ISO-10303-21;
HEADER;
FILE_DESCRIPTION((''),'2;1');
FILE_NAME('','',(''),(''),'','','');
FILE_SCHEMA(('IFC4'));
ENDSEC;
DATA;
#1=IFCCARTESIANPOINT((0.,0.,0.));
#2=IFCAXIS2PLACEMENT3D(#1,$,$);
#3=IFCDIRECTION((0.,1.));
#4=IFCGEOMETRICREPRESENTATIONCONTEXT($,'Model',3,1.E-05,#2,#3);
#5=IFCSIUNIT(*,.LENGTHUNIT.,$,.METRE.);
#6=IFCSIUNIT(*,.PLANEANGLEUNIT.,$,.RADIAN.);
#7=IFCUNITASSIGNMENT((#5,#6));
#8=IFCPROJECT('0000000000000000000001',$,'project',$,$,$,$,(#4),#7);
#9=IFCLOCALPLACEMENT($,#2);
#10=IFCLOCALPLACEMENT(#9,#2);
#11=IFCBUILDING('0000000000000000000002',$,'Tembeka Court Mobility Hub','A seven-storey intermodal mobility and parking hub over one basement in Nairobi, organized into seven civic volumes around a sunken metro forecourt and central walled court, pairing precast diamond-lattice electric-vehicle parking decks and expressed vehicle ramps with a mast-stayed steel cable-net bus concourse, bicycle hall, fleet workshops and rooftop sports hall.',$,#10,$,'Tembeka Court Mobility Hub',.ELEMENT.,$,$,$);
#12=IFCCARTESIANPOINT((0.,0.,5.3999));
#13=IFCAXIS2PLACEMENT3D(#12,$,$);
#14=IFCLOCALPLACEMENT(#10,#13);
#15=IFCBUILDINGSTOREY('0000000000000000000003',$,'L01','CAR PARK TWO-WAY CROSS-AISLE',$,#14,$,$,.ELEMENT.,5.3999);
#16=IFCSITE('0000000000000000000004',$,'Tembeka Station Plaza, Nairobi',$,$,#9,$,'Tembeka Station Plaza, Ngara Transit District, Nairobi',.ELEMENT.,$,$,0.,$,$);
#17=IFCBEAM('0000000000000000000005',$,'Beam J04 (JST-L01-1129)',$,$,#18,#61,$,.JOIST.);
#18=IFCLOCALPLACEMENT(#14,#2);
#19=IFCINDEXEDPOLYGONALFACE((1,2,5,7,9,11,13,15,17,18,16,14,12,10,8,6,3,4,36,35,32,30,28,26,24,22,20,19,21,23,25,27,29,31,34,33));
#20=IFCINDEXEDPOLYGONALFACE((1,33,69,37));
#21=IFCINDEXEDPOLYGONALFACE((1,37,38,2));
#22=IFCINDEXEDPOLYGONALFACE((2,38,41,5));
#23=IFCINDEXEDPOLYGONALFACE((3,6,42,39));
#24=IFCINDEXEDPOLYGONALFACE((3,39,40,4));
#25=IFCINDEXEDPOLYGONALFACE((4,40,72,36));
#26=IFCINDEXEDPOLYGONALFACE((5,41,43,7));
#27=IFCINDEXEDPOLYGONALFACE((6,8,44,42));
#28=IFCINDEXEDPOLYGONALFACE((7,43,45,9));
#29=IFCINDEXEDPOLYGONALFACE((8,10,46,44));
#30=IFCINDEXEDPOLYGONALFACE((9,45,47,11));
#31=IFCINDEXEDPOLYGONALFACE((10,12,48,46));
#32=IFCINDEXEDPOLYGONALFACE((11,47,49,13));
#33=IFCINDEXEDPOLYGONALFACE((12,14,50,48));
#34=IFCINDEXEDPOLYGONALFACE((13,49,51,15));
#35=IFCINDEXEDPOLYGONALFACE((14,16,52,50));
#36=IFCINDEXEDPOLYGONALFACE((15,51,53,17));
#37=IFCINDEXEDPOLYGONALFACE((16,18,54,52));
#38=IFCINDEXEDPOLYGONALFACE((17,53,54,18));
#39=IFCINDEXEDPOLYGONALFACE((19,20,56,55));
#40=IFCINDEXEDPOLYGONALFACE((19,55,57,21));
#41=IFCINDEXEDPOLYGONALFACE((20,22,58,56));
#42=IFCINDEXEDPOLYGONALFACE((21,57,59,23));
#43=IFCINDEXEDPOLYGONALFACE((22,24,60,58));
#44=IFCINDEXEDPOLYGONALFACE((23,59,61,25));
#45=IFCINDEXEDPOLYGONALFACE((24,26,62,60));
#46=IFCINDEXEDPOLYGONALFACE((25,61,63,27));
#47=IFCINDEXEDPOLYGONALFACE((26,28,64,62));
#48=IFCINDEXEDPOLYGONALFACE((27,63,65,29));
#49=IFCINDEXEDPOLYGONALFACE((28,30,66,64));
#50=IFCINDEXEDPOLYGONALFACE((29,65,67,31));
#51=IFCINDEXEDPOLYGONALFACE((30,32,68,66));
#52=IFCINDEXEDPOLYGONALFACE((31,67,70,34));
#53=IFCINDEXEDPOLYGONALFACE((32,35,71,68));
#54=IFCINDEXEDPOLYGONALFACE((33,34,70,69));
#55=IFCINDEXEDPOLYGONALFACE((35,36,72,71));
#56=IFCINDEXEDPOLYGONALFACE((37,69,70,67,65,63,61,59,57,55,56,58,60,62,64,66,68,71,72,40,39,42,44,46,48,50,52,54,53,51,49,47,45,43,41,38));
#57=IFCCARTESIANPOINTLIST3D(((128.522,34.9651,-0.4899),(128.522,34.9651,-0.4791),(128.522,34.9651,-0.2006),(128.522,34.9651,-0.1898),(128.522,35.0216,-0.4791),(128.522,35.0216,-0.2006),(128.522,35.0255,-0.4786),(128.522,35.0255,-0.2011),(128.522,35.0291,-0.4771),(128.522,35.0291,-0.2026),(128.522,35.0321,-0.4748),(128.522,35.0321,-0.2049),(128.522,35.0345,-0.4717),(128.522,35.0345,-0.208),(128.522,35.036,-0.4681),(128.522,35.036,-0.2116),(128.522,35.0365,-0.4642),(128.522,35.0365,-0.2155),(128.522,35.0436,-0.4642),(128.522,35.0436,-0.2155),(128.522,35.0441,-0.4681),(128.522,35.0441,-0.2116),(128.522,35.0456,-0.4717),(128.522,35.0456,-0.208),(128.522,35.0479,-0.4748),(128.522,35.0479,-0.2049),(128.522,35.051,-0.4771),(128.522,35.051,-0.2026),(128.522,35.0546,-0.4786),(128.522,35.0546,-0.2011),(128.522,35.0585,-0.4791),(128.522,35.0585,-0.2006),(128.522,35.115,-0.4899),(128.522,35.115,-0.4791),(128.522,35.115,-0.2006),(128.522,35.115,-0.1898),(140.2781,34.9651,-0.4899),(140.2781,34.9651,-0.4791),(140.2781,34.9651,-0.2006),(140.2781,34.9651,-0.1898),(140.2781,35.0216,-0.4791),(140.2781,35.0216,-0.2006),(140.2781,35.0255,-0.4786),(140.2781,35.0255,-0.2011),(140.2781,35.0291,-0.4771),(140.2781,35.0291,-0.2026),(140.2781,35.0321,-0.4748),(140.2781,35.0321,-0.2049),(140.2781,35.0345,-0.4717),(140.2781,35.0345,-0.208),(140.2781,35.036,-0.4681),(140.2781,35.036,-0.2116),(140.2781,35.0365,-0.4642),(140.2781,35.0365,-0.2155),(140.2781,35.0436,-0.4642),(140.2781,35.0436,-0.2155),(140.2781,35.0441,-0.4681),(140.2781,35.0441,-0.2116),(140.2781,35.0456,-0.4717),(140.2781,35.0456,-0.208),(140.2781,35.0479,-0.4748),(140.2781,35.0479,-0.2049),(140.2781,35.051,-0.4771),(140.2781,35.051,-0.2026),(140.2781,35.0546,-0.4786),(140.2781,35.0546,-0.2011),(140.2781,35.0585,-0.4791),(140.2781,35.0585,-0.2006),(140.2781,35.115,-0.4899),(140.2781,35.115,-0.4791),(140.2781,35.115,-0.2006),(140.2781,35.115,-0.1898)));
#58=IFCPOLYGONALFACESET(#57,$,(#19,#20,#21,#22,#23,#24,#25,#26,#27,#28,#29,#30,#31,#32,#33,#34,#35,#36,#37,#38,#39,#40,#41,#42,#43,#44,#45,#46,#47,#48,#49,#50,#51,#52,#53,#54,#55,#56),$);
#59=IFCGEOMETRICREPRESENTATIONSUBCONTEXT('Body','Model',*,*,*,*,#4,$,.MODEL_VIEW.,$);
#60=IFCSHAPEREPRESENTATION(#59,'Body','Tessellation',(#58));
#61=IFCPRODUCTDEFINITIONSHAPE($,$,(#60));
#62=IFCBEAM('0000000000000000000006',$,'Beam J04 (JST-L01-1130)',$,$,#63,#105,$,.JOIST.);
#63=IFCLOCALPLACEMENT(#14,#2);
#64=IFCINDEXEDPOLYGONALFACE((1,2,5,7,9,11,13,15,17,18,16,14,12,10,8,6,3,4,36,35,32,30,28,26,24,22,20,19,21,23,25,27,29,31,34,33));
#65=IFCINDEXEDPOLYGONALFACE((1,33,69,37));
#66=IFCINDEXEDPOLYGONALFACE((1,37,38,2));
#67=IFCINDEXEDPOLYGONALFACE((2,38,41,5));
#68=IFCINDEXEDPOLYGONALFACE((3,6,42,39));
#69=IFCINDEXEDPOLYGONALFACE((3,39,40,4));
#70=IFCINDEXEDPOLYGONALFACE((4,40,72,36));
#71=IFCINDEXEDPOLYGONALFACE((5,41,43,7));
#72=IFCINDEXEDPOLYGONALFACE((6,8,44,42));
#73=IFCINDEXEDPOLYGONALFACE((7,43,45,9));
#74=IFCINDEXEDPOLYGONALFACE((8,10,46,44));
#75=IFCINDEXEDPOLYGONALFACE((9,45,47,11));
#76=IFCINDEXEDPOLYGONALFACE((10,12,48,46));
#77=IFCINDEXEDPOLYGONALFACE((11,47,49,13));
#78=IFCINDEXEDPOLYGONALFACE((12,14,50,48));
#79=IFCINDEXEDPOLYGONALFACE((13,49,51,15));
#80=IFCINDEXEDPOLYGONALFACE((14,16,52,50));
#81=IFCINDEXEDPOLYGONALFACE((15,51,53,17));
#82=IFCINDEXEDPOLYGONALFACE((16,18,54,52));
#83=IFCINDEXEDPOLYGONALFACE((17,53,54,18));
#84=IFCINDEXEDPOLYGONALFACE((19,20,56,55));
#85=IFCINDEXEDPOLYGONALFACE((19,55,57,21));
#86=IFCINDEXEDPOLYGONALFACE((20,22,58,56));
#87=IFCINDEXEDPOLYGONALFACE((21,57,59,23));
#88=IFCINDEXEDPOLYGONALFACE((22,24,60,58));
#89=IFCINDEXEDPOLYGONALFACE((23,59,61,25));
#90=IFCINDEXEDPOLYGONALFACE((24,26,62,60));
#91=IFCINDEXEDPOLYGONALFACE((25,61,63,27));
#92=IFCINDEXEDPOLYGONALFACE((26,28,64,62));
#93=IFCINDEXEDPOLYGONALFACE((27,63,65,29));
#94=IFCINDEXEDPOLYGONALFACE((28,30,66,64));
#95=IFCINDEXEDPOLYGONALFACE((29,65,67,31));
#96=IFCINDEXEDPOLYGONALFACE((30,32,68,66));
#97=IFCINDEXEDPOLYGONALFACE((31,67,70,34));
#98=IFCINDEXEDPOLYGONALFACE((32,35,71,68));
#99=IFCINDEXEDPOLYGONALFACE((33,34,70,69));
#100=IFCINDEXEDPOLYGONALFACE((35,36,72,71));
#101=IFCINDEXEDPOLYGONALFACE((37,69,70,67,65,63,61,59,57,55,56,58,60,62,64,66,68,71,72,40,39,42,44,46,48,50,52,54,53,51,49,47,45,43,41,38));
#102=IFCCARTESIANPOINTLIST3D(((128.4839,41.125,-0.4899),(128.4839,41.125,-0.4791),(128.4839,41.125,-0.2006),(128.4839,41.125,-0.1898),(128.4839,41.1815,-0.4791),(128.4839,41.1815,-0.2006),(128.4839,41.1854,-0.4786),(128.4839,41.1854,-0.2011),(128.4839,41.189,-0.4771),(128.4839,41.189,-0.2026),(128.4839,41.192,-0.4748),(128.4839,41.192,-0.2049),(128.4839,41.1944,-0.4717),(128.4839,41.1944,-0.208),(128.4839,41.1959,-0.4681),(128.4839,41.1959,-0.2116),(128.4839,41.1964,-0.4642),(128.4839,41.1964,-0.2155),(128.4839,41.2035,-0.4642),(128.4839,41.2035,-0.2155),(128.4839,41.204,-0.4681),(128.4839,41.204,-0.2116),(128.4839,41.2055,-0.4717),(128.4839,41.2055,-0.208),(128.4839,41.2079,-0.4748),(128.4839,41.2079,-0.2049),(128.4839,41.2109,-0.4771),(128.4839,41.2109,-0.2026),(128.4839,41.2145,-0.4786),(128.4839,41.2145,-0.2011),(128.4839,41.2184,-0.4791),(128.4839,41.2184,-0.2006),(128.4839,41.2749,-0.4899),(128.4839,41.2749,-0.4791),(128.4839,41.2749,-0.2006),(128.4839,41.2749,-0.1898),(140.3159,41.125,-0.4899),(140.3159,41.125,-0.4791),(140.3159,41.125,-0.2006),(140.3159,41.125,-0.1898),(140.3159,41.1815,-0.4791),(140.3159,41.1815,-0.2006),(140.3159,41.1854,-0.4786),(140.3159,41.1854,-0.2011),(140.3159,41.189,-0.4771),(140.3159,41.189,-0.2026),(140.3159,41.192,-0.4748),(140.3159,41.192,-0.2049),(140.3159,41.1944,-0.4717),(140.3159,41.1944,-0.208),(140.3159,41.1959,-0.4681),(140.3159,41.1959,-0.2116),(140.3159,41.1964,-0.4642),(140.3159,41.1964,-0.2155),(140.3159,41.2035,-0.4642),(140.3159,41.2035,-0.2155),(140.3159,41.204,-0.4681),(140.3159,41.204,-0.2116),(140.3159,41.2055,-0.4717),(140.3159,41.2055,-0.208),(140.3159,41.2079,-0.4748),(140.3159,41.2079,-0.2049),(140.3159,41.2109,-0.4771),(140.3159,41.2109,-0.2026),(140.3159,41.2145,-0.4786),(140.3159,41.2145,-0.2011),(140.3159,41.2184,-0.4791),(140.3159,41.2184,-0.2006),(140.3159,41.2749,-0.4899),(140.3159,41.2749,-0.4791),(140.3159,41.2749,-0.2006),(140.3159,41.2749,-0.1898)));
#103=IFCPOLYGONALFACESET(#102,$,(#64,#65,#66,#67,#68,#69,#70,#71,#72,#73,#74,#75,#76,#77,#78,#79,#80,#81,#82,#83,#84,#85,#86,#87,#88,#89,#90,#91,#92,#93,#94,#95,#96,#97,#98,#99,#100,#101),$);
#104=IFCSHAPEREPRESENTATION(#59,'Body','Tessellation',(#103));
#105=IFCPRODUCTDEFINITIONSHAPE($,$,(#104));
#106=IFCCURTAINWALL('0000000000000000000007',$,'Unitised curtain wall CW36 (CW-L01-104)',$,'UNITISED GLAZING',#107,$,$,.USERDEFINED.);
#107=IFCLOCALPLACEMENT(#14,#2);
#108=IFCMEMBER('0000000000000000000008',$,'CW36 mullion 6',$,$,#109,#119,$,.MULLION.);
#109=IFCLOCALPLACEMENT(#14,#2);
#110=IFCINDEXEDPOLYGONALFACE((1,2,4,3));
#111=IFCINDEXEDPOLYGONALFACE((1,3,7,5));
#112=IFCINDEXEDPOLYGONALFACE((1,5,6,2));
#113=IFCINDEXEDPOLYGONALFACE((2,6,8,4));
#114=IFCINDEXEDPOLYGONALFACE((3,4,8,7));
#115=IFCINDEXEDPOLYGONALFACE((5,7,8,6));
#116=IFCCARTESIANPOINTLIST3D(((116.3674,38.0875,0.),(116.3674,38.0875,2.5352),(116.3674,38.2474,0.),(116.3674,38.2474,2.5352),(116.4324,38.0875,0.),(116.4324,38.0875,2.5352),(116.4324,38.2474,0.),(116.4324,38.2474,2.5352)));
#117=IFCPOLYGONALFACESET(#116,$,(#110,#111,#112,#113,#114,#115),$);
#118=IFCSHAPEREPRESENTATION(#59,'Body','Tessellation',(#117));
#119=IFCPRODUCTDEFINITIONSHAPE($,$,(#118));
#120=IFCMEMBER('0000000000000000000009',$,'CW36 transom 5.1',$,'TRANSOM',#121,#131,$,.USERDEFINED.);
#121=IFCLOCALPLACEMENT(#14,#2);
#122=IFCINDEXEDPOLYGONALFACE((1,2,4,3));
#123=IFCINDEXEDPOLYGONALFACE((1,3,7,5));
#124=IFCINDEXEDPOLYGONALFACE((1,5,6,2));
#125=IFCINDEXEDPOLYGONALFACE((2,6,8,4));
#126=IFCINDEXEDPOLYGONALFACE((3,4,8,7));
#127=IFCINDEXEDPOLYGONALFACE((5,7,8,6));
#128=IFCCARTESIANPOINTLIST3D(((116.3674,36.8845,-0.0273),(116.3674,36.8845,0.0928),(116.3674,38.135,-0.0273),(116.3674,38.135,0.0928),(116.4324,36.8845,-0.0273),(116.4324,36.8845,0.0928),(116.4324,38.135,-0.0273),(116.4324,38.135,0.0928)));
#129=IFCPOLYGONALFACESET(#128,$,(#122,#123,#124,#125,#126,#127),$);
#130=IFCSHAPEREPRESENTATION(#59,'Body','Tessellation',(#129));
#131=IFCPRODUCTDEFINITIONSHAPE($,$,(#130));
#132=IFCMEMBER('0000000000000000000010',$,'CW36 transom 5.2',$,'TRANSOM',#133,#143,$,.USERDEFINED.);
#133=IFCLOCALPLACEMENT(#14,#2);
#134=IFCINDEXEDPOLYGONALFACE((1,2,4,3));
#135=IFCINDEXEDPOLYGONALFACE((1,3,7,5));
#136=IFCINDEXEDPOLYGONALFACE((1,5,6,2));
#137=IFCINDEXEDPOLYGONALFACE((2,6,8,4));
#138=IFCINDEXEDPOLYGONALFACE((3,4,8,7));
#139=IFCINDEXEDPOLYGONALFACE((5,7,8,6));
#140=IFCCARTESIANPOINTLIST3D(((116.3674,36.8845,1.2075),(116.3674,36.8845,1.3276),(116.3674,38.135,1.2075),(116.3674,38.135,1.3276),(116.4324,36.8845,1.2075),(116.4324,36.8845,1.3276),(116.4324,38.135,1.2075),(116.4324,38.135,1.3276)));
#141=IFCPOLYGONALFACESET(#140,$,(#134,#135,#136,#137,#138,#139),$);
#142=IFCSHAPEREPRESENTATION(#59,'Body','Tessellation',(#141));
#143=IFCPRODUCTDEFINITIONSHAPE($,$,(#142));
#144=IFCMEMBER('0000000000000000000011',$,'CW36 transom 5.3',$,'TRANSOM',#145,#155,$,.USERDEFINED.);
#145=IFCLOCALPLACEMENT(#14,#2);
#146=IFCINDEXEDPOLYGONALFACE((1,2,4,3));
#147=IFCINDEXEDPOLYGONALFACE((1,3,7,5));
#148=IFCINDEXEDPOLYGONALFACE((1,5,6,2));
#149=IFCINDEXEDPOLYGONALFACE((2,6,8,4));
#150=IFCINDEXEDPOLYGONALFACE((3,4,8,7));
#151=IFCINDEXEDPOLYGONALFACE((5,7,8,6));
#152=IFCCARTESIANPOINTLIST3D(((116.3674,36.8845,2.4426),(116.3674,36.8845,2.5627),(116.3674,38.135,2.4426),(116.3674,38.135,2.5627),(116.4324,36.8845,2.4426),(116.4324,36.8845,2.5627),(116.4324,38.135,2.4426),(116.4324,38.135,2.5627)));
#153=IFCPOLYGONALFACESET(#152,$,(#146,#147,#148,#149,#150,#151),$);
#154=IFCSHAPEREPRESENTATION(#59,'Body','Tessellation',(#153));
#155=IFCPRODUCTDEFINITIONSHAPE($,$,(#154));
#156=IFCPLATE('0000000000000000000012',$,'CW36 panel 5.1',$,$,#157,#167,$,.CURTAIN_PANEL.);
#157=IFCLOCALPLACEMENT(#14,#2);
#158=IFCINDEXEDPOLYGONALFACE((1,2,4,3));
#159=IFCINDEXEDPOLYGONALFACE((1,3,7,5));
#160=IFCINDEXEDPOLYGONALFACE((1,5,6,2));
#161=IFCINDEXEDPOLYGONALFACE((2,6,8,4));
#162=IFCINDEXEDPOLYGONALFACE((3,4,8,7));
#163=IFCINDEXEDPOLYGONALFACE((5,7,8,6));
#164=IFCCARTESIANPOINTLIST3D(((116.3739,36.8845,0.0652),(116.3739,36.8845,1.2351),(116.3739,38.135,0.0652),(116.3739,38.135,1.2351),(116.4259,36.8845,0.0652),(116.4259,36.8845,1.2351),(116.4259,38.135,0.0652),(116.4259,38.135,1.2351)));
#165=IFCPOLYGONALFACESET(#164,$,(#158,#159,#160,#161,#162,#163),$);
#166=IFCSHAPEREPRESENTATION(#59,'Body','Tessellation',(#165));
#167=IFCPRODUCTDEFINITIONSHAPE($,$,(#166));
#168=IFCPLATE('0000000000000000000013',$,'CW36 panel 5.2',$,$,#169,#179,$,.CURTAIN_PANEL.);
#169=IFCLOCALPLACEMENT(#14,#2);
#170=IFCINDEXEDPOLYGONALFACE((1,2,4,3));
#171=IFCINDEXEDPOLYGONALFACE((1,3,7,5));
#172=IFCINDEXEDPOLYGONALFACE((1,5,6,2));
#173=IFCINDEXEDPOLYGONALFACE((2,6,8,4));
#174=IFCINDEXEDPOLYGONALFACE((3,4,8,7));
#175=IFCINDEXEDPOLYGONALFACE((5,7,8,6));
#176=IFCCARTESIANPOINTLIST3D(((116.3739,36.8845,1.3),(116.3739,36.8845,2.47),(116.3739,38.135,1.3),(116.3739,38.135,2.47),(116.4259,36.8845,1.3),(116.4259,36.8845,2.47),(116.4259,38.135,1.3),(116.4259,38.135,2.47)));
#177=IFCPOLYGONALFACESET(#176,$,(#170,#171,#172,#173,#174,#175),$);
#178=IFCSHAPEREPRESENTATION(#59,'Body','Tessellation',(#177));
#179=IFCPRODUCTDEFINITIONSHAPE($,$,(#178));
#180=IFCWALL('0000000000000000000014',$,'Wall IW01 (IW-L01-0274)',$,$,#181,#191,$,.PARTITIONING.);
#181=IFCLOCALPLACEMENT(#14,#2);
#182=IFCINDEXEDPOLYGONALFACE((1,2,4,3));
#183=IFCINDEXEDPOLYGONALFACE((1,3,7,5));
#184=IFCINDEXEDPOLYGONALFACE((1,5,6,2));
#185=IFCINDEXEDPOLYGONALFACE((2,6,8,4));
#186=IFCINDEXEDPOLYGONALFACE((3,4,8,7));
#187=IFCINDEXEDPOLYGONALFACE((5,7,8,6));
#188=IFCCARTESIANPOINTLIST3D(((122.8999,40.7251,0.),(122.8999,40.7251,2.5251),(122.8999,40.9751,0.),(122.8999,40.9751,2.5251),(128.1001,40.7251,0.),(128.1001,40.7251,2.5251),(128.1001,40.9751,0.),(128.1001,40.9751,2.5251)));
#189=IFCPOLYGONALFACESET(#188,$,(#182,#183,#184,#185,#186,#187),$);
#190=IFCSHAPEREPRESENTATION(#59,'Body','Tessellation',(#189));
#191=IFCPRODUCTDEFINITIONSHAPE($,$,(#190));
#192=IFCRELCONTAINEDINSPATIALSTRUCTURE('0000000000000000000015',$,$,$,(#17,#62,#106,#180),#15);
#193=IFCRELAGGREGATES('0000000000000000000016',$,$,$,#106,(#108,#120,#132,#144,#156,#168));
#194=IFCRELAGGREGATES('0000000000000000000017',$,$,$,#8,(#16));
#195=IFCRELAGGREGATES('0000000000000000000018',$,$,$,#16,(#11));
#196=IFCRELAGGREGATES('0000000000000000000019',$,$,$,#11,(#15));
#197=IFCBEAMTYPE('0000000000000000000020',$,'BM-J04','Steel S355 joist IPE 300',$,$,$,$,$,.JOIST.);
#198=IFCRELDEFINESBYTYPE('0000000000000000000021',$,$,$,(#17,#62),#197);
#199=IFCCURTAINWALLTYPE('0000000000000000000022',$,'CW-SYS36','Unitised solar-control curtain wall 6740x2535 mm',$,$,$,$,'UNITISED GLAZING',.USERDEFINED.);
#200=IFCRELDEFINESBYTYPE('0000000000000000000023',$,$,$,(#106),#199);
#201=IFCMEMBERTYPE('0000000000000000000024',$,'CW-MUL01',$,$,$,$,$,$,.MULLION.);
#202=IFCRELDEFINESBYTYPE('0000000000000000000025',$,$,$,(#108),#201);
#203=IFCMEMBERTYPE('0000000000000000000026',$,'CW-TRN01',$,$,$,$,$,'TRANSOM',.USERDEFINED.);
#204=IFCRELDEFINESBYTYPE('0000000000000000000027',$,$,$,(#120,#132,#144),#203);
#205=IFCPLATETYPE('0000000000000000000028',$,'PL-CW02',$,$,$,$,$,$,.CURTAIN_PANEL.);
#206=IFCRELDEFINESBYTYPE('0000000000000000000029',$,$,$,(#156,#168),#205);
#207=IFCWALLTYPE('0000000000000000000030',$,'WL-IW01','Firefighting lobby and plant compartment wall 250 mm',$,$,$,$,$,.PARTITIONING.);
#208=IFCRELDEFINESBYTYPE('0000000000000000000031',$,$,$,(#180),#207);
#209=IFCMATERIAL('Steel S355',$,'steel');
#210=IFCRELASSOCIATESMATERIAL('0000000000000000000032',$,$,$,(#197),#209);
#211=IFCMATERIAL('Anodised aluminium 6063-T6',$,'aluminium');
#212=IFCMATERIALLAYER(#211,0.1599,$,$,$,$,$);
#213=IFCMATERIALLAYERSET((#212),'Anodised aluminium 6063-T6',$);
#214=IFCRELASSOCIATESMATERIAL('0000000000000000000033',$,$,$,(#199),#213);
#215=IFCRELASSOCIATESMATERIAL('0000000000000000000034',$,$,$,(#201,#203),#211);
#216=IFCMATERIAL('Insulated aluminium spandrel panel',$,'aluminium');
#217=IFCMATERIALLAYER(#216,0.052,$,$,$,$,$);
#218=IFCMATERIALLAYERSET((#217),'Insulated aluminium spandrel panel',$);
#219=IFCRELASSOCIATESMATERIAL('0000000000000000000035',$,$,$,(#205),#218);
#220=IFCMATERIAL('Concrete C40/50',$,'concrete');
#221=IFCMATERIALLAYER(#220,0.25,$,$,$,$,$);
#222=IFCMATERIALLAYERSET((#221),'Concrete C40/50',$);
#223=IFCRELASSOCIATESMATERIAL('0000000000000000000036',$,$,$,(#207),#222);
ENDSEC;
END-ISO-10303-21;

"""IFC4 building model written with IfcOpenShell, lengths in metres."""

from ifc_helpers import new_model, si_unit, direction, frame, frame_2d, origin, origin_2d, place, context, subcontext, project, spatial, rectangle, i_section, extrude, material, layer, layer_set, material_profile, profile_set, type_object, element, aggregate, save


model = new_model("IFC4")

# Units and contexts
model_context = context("Model", 3, precision=1e-05, world=origin(), true_north=direction((0.0, 1.0)))
body_context = subcontext(model_context, "Body", "Model", "MODEL_VIEW")
ifc_project = project(units=[si_unit("LENGTHUNIT", "METRE"), si_unit("PLANEANGLEUNIT", "RADIAN")], contexts=[model_context])

# Site, building, storey
site_placement = place(None, origin())
site = spatial("IfcSite", under=ifc_project, at=site_placement, Name="Tembeka Station Plaza, Nairobi", LongName="Tembeka Station Plaza, Ngara Transit District, Nairobi", CompositionType="ELEMENT", RefElevation=0.0)
building_placement = place(site_placement, origin())
building = spatial("IfcBuilding", under=site, at=building_placement, Name="Tembeka Court Mobility Hub", Description="A seven-storey intermodal mobility and parking hub over one basement in Nairobi, organized into seven civic volumes around a sunken metro forecourt and central walled court, pairing precast diamond-lattice electric-vehicle parking decks and expressed vehicle ramps with a mast-stayed steel cable-net bus concourse, bicycle hall, fleet workshops and rooftop sports hall.", LongName="Tembeka Court Mobility Hub", CompositionType="ELEMENT")
storey_placement = place(building_placement, frame((0.0, 0.0, 5.3999)))
storey = spatial("IfcBuildingStorey", under=building, at=storey_placement, Name="L01", Description="CAR PARK TWO-WAY CROSS-AISLE", CompositionType="ELEMENT", Elevation=5.3999)

# Shared definitions
ifc_material_1 = material(Name="Steel S355", Category="steel")

# Beams
ifc_material_profile_1 = material_profile(ifc_material_1, i_section(OverallWidth=0.1499, OverallDepth=0.3, WebThickness=0.0071, FlangeThickness=0.0107, FilletRadius=0.0149, at=origin_2d()), Name="IPE 300")
ifc_profile_set_1 = profile_set([ifc_material_profile_1], Name="Steel S355")
beam_type_1 = type_object("IfcBeamType", Name="BM-J04", Description="Steel S355 joist IPE 300", PredefinedType="JOIST", material=ifc_profile_set_1)
for number, where, z_axis, x_axis, name in (
    (1, (128.522, 35.04, -0.3398), (1.0, 0.0, 0.0), (0.0, 1.0, 0.0), "Beam J04 (JST-L01-1129)"),
):
    element("IfcBeam", number, at=place(storey_placement, frame(where, z_axis=z_axis, x_axis=x_axis)), inside=storey, type_object=beam_type_1, Name=name, PredefinedType="JOIST", context=body_context, shape_type="SweptSolid", body=[
        extrude(i_section(OverallWidth=0.1499, OverallDepth=0.3, WebThickness=0.0071, FlangeThickness=0.0107, FilletRadius=0.0149, at=origin_2d()), origin(), (0.0, 0.0, 1.0), 11.7561),
    ])
beam_placement = place(storey_placement, frame((128.4839, 41.2, -0.3398), z_axis=(1.0, 0.0, 0.0), x_axis=(0.0, 1.0, 0.0)))
element("IfcBeam", 2, at=beam_placement, inside=storey, type_object=beam_type_1, Name="Beam J04 (JST-L01-1130)", PredefinedType="JOIST", context=body_context, shape_type="SweptSolid", body=[
    extrude(i_section(OverallWidth=0.1499, OverallDepth=0.3, WebThickness=0.0071, FlangeThickness=0.0107, FilletRadius=0.0149, at=origin_2d()), origin(), (0.0, 0.0, 1.0), 11.832),
])

# Curtain wall, members, plates
ifc_material_2 = material(Name="Anodised aluminium 6063-T6", Category="aluminium")
ifc_layer_1 = layer(ifc_material_2, 0.1599)
ifc_layer_set_1 = layer_set([ifc_layer_1], Name="Anodised aluminium 6063-T6")
curtain_wall_type = type_object("IfcCurtainWallType", Name="CW-SYS36", Description="Unitised solar-control curtain wall 6740x2535 mm", ElementType="UNITISED GLAZING", PredefinedType="USERDEFINED", material=ifc_layer_set_1)
curtain_wall_placement = place(storey_placement, origin())
curtain_wall = element("IfcCurtainWall", 3, at=curtain_wall_placement, inside=storey, type_object=curtain_wall_type, Name="Unitised curtain wall CW36 (CW-L01-104)", ObjectType="UNITISED GLAZING", PredefinedType="USERDEFINED")
ifc_material_profile_2 = material_profile(ifc_material_2, rectangle(XDim=0.0649, YDim=0.1599, at=origin_2d()), Name="ALU-MUL 65x160")
ifc_profile_set_2 = profile_set([ifc_material_profile_2], Name="Anodised aluminium 6063-T6")
member_type_1 = type_object("IfcMemberType", Name="CW-MUL01", PredefinedType="MULLION", material=ifc_profile_set_2)
member_1_placement = place(storey_placement, frame((116.3999, 38.1675, 0.0), z_axis=(0.0, 0.0, 1.0), x_axis=(-1.0, 0.0, 0.0)))
member_1 = element("IfcMember", 4, at=member_1_placement, type_object=member_type_1, Name="CW36 mullion 6", PredefinedType="MULLION", context=body_context, shape_type="SweptSolid", body=[
    extrude(rectangle(XDim=0.0649, YDim=0.1599, at=origin_2d()), origin(), (0.0, 0.0, 1.0), 2.5352),
])
ifc_material_profile_3 = material_profile(ifc_material_2, rectangle(XDim=0.0649, YDim=0.1201, at=origin_2d()), Name="ALU-TRN 65x120")
ifc_profile_set_3 = profile_set([ifc_material_profile_3], Name="Anodised aluminium 6063-T6")
member_type_2 = type_object("IfcMemberType", Name="CW-TRN01", ElementType="TRANSOM", PredefinedType="USERDEFINED", material=ifc_profile_set_3)
member_2_placement = place(storey_placement, frame((116.3999, 36.8845, 0.0327), z_axis=(0.0, 1.0, 0.0), x_axis=(-1.0, 0.0, 0.0)))
member_2 = element("IfcMember", 5, at=member_2_placement, type_object=member_type_2, Name="CW36 transom 5.1", ObjectType="TRANSOM", PredefinedType="USERDEFINED", context=body_context, shape_type="SweptSolid", body=[
    extrude(rectangle(XDim=0.0649, YDim=0.1201, at=origin_2d()), origin(), (0.0, 0.0, 1.0), 1.2505),
])
member_3_placement = place(storey_placement, frame((116.3999, 36.8845, 1.2676), z_axis=(0.0, 1.0, 0.0), x_axis=(-1.0, 0.0, 0.0)))
member_3 = element("IfcMember", 6, at=member_3_placement, type_object=member_type_2, Name="CW36 transom 5.2", ObjectType="TRANSOM", PredefinedType="USERDEFINED", context=body_context, shape_type="SweptSolid", body=[
    extrude(rectangle(XDim=0.0649, YDim=0.1201, at=origin_2d()), origin(), (0.0, 0.0, 1.0), 1.2505),
])
member_4_placement = place(storey_placement, frame((116.3999, 36.8845, 2.5027), z_axis=(0.0, 1.0, 0.0), x_axis=(-1.0, 0.0, 0.0)))
member_4 = element("IfcMember", 7, at=member_4_placement, type_object=member_type_2, Name="CW36 transom 5.3", ObjectType="TRANSOM", PredefinedType="USERDEFINED", context=body_context, shape_type="SweptSolid", body=[
    extrude(rectangle(XDim=0.0649, YDim=0.1201, at=origin_2d()), origin(), (0.0, 0.0, 1.0), 1.2505),
])
ifc_material_3 = material(Name="Insulated aluminium spandrel panel", Category="aluminium")
ifc_layer_2 = layer(ifc_material_3, 0.052)
ifc_layer_set_2 = layer_set([ifc_layer_2], Name="Insulated aluminium spandrel panel")
plate_type = type_object("IfcPlateType", Name="PL-CW02", PredefinedType="CURTAIN_PANEL", material=ifc_layer_set_2)
plate_1_placement = place(storey_placement, frame((116.3999, 37.5098, 0.0652), z_axis=(0.0, 0.0, 1.0), x_axis=(0.0, 1.0, 0.0)))
plate_1 = element("IfcPlate", 8, at=plate_1_placement, type_object=plate_type, Name="CW36 panel 5.1", PredefinedType="CURTAIN_PANEL", context=body_context, shape_type="SweptSolid", body=[
    extrude(rectangle(XDim=1.2505, YDim=0.052, at=origin_2d()), origin(), (0.0, 0.0, 1.0), 1.1699),
])
plate_2_placement = place(storey_placement, frame((116.3999, 37.5098, 1.3), z_axis=(0.0, 0.0, 1.0), x_axis=(0.0, 1.0, 0.0)))
plate_2 = element("IfcPlate", 9, at=plate_2_placement, type_object=plate_type, Name="CW36 panel 5.2", PredefinedType="CURTAIN_PANEL", context=body_context, shape_type="SweptSolid", body=[
    extrude(rectangle(XDim=1.2505, YDim=0.052, at=origin_2d()), origin(), (0.0, 0.0, 1.0), 1.1699),
])
aggregate(curtain_wall, [member_1, member_2, member_3, member_4, plate_1, plate_2])

# Wall
ifc_material_4 = material(Name="Concrete C40/50", Category="concrete")
ifc_layer_3 = layer(ifc_material_4, 0.25)
ifc_layer_set_3 = layer_set([ifc_layer_3], Name="Concrete C40/50")
wall_type_1 = type_object("IfcWallType", Name="WL-IW01", Description="Firefighting lobby and plant compartment wall 250 mm", PredefinedType="PARTITIONING", material=ifc_layer_set_3)
wall_1_placement = place(storey_placement, frame((122.8999, 40.8501, 0.0), z_axis=(0.0, 0.0, 1.0), x_axis=(1.0, 0.0, 0.0)))
element("IfcWall", 10, at=wall_1_placement, inside=storey, type_object=wall_type_1, Name="Wall IW01 (IW-L01-0274)", PredefinedType="PARTITIONING", context=body_context, shape_type="SweptSolid", body=[
    extrude(rectangle(XDim=5.2002, YDim=0.25, at=frame_2d((2.6001, 0.0))), origin(), (0.0, 0.0, 1.0), 2.5251),
])

save(model, "model.ifc")
